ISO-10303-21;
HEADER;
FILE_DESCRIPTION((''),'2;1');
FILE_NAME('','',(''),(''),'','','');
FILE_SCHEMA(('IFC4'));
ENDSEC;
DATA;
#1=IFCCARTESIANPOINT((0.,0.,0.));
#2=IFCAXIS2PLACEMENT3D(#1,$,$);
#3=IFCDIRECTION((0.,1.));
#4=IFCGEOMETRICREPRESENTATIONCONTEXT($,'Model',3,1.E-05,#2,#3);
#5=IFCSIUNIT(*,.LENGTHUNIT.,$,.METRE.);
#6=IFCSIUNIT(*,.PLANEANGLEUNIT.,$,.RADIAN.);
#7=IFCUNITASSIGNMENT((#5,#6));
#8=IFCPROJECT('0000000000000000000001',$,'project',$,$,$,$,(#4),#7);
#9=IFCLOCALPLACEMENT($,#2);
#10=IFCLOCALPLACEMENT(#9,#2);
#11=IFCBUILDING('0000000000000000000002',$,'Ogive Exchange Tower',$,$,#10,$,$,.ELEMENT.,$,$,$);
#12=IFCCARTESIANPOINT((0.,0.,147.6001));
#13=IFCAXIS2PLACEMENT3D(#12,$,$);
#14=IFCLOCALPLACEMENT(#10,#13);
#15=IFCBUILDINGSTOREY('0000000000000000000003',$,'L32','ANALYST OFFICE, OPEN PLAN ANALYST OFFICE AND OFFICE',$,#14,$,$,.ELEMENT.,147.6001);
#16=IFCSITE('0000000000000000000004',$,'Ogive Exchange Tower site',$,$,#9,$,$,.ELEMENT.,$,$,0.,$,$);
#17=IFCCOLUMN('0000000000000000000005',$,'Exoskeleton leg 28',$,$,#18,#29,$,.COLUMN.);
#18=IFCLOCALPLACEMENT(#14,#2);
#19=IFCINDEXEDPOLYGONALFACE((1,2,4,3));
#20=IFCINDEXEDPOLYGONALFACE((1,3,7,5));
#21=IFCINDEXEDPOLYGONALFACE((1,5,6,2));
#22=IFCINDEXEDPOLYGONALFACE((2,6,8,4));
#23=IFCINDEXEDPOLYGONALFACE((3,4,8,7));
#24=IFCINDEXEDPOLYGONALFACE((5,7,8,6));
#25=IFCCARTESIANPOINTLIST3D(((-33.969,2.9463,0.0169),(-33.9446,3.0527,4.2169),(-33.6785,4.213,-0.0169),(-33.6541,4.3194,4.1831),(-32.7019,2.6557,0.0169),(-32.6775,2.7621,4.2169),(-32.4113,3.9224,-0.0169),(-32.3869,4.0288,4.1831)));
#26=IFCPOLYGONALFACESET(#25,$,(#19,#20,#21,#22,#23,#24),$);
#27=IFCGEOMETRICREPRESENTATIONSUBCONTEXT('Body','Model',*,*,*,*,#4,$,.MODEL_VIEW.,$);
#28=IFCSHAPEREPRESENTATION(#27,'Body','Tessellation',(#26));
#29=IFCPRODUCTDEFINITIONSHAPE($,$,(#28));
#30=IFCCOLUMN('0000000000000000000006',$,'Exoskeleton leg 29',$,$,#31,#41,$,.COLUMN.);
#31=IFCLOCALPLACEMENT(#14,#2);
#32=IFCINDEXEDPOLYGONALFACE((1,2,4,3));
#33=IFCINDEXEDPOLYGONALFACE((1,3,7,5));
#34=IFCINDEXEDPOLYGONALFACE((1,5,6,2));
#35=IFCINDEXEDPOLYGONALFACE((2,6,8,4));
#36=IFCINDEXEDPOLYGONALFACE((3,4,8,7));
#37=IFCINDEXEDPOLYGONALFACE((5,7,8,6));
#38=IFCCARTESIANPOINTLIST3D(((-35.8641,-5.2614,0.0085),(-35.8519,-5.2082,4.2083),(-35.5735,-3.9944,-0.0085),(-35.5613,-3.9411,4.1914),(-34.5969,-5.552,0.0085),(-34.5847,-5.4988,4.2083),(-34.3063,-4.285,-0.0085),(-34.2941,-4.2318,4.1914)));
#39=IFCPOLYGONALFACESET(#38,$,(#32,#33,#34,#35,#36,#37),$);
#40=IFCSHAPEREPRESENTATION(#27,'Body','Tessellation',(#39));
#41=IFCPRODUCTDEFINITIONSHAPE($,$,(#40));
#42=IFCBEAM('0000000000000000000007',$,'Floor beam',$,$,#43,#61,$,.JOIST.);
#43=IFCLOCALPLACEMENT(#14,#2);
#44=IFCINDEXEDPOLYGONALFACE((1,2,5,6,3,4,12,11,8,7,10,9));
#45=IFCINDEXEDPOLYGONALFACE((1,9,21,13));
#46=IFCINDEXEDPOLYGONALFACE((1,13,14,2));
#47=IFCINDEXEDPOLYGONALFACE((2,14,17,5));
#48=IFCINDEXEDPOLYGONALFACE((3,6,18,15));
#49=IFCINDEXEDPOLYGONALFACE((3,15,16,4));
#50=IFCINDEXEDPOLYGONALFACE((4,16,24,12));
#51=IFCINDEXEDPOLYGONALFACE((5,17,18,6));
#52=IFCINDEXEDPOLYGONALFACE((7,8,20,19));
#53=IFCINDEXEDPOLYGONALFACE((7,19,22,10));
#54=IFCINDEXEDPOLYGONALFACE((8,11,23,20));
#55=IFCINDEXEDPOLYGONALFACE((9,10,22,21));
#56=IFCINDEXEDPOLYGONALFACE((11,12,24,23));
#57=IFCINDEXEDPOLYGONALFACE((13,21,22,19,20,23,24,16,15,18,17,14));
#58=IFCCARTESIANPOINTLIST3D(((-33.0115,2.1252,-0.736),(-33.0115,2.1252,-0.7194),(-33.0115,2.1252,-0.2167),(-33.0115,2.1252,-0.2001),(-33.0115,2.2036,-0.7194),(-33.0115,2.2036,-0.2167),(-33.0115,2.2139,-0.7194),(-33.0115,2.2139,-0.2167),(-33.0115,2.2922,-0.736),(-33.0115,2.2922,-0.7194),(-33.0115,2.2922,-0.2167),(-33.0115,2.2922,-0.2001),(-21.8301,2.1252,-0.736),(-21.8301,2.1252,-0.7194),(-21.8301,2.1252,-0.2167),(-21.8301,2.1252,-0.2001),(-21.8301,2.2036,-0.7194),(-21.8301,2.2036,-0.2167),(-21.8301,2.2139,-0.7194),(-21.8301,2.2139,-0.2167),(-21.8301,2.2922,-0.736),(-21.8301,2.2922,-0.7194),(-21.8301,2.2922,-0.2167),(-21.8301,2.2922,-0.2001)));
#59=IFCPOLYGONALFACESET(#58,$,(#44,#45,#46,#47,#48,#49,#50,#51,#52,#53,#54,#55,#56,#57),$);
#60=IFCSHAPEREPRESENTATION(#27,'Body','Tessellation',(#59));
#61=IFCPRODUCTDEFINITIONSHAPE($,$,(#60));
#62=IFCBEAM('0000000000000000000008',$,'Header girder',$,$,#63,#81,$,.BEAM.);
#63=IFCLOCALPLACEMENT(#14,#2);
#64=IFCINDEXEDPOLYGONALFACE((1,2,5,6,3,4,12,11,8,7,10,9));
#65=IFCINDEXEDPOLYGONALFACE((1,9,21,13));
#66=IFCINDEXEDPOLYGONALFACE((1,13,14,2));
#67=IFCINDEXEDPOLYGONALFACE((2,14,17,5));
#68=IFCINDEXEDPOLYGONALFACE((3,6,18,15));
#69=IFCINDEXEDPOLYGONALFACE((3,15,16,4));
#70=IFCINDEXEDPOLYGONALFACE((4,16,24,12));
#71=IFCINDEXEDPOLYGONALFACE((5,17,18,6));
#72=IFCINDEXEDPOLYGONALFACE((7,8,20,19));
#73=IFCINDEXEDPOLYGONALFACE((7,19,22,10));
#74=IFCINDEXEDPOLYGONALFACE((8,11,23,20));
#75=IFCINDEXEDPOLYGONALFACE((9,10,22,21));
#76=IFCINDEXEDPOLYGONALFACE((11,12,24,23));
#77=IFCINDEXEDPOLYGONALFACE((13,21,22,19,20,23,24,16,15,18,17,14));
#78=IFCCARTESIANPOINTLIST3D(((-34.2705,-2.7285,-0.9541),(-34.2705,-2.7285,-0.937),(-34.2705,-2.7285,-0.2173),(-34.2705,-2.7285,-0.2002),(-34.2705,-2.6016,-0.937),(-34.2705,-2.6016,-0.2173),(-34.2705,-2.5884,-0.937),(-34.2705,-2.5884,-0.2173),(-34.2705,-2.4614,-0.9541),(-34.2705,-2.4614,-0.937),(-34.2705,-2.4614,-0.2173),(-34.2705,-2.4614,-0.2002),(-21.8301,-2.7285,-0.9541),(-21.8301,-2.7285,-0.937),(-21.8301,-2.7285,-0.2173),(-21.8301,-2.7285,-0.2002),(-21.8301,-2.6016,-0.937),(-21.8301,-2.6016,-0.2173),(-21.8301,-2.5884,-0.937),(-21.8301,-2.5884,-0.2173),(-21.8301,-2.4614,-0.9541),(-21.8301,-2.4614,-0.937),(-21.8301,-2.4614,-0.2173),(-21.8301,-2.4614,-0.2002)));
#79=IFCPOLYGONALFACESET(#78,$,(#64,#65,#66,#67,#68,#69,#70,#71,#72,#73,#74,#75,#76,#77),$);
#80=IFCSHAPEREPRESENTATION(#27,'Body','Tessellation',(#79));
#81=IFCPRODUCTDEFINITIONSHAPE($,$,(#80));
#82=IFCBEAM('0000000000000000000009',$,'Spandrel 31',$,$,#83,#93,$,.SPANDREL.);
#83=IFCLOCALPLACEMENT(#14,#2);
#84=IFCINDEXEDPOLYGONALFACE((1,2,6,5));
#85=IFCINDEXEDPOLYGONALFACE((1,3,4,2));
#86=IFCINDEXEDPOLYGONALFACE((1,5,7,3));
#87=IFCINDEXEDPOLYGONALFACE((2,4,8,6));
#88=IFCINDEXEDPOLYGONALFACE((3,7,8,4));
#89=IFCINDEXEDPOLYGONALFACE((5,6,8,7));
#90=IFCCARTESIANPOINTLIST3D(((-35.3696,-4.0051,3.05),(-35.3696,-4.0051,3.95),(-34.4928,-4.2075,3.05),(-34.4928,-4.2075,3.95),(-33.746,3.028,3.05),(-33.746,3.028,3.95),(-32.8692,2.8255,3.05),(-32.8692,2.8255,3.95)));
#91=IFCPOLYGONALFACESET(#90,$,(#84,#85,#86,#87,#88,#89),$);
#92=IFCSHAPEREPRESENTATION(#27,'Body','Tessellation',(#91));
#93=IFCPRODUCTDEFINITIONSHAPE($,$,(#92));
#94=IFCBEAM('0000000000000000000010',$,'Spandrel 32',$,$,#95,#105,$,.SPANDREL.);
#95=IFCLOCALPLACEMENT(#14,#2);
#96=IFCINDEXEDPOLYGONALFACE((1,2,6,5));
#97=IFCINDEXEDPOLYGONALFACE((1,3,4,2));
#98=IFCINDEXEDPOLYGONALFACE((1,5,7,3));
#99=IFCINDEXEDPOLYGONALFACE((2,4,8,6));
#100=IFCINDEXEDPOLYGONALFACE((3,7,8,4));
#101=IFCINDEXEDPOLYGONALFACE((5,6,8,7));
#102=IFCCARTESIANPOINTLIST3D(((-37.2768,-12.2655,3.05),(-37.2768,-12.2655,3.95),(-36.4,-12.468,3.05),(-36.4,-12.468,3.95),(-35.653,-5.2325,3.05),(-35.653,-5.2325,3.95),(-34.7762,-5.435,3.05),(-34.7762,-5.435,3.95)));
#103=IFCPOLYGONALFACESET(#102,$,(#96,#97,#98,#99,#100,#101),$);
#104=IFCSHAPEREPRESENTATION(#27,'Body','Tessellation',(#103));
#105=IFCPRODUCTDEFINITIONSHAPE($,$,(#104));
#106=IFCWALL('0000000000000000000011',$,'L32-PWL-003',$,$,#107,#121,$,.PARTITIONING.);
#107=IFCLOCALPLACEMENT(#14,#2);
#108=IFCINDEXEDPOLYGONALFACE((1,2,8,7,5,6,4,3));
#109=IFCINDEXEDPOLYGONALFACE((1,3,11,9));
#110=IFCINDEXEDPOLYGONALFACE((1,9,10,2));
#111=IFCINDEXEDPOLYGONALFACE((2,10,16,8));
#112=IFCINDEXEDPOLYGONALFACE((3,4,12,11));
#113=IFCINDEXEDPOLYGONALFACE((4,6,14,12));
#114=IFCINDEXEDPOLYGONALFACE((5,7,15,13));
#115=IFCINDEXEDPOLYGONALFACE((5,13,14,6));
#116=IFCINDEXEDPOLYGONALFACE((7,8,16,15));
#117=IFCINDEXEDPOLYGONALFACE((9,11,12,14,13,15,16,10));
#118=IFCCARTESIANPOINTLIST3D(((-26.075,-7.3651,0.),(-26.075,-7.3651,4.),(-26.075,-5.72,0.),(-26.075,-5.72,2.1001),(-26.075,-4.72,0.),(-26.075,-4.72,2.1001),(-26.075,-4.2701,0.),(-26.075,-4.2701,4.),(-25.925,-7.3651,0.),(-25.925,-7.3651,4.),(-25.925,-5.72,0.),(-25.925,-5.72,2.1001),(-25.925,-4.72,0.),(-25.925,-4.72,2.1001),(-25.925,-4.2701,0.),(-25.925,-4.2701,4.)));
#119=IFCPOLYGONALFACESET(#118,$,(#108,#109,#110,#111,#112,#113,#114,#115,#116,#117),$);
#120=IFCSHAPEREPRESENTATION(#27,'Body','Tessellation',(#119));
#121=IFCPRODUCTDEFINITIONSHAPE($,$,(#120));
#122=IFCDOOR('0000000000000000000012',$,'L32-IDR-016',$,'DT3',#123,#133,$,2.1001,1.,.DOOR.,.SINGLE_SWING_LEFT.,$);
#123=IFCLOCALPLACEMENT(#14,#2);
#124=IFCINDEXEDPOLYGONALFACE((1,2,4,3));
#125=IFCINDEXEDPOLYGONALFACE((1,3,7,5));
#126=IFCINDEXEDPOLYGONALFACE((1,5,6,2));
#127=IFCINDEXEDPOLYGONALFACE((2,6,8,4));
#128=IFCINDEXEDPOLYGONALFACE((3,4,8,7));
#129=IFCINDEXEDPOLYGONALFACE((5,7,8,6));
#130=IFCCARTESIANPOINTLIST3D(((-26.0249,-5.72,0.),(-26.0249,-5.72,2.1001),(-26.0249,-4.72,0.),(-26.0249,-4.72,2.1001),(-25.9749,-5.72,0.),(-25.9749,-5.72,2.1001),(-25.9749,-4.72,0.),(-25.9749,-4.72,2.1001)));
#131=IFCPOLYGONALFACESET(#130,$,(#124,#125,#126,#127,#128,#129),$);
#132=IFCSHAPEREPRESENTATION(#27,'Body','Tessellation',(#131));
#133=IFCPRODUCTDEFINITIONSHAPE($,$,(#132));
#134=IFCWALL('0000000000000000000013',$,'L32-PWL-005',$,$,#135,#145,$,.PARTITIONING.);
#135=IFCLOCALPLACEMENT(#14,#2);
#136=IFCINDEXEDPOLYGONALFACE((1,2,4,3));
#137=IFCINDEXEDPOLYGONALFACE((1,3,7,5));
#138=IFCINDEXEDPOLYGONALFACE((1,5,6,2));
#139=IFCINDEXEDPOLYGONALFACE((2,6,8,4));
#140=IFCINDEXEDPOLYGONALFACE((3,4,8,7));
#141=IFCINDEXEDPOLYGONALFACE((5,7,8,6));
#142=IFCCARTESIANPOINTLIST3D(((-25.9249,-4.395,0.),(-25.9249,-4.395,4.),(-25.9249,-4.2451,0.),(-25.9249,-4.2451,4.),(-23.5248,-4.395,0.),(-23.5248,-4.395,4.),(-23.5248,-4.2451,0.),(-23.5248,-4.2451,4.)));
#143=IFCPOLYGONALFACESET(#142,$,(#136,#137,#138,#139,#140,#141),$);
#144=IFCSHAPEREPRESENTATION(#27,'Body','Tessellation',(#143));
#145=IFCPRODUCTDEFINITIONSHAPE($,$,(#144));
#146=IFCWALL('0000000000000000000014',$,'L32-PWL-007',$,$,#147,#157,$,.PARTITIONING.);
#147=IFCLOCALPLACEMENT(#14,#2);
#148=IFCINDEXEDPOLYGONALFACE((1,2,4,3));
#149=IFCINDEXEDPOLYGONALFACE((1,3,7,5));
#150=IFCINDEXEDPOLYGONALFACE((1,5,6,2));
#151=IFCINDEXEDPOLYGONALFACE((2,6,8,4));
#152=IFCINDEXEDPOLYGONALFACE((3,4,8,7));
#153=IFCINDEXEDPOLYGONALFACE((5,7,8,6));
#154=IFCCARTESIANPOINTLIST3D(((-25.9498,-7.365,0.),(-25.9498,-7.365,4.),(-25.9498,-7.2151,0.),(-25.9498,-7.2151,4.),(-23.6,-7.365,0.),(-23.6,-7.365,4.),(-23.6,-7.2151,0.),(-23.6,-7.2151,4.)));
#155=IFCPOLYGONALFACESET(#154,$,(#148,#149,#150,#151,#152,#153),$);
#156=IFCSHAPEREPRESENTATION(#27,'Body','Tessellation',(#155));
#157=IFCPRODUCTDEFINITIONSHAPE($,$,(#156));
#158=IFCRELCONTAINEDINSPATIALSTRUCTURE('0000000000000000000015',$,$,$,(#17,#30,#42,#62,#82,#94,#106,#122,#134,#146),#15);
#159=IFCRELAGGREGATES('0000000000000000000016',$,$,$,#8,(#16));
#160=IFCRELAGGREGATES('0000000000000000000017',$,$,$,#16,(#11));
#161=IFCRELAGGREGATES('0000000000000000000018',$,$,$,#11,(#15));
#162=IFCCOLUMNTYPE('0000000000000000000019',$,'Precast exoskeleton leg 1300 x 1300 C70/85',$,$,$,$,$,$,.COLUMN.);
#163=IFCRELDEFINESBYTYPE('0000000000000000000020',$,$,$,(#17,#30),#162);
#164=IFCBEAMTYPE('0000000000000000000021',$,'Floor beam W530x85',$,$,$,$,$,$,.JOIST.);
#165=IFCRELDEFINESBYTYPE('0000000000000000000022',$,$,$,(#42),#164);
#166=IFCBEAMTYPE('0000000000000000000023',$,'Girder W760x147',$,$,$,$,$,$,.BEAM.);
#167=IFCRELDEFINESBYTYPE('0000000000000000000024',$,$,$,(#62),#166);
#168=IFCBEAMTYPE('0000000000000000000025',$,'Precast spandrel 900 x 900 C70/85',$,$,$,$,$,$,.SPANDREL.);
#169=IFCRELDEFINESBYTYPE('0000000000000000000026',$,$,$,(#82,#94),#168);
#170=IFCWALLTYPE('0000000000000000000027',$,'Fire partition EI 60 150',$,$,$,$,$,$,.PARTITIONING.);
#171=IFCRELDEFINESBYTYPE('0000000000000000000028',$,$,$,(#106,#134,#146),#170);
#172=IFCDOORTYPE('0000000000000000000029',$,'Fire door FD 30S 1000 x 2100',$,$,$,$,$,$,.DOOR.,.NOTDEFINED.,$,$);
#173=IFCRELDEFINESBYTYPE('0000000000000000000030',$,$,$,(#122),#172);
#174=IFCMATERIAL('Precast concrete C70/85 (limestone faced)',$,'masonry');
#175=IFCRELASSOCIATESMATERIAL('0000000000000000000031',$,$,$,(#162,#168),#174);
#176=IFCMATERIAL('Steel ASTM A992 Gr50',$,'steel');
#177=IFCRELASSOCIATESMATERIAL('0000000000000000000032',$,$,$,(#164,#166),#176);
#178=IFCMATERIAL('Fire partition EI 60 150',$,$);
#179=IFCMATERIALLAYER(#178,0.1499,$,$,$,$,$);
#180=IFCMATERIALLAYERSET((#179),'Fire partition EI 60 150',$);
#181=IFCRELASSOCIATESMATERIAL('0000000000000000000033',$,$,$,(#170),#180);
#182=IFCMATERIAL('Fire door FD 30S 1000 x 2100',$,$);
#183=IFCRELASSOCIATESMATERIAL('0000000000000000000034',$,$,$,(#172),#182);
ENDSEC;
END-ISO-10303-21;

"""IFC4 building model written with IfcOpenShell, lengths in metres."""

from ifc_helpers import new_model, si_unit, direction, frame, frame_2d, origin, origin_2d, place, context, subcontext, project, spatial, rectangle, i_section, extrude, material, layer, layer_set, material_profile, profile_set, type_object, element, fill, save


model = new_model("IFC4")

# Units and contexts
model_context = context("Model", 3, precision=1e-05, world=origin(), true_north=direction((0.0, 1.0)))
body_context = subcontext(model_context, "Body", "Model", "MODEL_VIEW")
ifc_project = project(units=[si_unit("LENGTHUNIT", "METRE"), si_unit("PLANEANGLEUNIT", "RADIAN")], contexts=[model_context])

# Site, building, storey
site_placement = place(None, origin())
site = spatial("IfcSite", under=ifc_project, at=site_placement, Name="Ogive Exchange Tower site", CompositionType="ELEMENT", RefElevation=0.0)
building_placement = place(site_placement, origin())
building = spatial("IfcBuilding", under=site, at=building_placement, Name="Ogive Exchange Tower", CompositionType="ELEMENT")
storey_placement = place(building_placement, frame((0.0, 0.0, 147.6001)))
storey = spatial("IfcBuildingStorey", under=building, at=storey_placement, Name="L32", Description="ANALYST OFFICE, OPEN PLAN ANALYST OFFICE AND OFFICE", CompositionType="ELEMENT", Elevation=147.6001)

# Columns
ifc_material_1 = material(Name="Precast concrete C70/85 (limestone faced)", Category="masonry")
ifc_material_profile_1 = material_profile(ifc_material_1, rectangle(XDim=1.3, YDim=1.3, at=origin_2d()), Name="1300 x 1300")
ifc_profile_set_1 = profile_set([ifc_material_profile_1], Name="Precast concrete C70/85 (limestone faced)")
column_type = type_object("IfcColumnType", Name="Precast exoskeleton leg 1300 x 1300 C70/85", PredefinedType="COLUMN", material=ifc_profile_set_1)
column_1_placement = place(storey_placement, frame((-33.1902, 3.4343, 0.0), z_axis=(0.005811, 0.025336, 0.999662), x_axis=(-0.974692, 0.223553, 0.0)))
element("IfcColumn", 1, at=column_1_placement, inside=storey, type_object=column_type, Name="Exoskeleton leg 28", PredefinedType="COLUMN", context=body_context, shape_type="SweptSolid", body=[
    extrude(rectangle(XDim=1.3, YDim=1.3, at=origin_2d()), origin(), (0.0, 0.0, 1.0), 4.2014),
])
column_2_placement = place(storey_placement, frame((-35.0852, -4.7732, 0.0), z_axis=(0.002906, 0.012671, 0.999915), x_axis=(-0.974692, 0.223553, 0.0)))
element("IfcColumn", 2, at=column_2_placement, inside=storey, type_object=column_type, Name="Exoskeleton leg 29", PredefinedType="COLUMN", context=body_context, shape_type="SweptSolid", body=[
    extrude(rectangle(XDim=1.3, YDim=1.3, at=origin_2d()), origin(), (0.0, 0.0, 1.0), 4.2002),
])

# Beams
ifc_material_2 = material(Name="Steel ASTM A992 Gr50", Category="steel")
ifc_material_profile_2 = material_profile(ifc_material_2, i_section(OverallWidth=0.167, OverallDepth=0.5359, WebThickness=0.0103, FlangeThickness=0.0166, at=origin_2d()), Name="W530x85")
ifc_profile_set_2 = profile_set([ifc_material_profile_2], Name="Steel ASTM A992 Gr50")
beam_type_1 = type_object("IfcBeamType", Name="Floor beam W530x85", PredefinedType="JOIST", material=ifc_profile_set_2)
beam_1_placement = place(storey_placement, frame((-33.0115, 2.2087, -0.468), z_axis=(1.0, 0.0, 0.0), x_axis=(0.0, 1.0, 0.0)))
element("IfcBeam", 3, at=beam_1_placement, inside=storey, type_object=beam_type_1, Name="Floor beam", PredefinedType="JOIST", context=body_context, shape_type="SweptSolid", body=[
    extrude(i_section(OverallWidth=0.167, OverallDepth=0.5359, WebThickness=0.0103, FlangeThickness=0.0166, at=origin_2d()), origin(), (0.0, 0.0, 1.0), 11.1814),
])
ifc_material_profile_3 = material_profile(ifc_material_2, i_section(OverallWidth=0.2671, OverallDepth=0.7539, WebThickness=0.0132, FlangeThickness=0.0171, at=origin_2d()), Name="W760x147")
ifc_profile_set_3 = profile_set([ifc_material_profile_3], Name="Steel ASTM A992 Gr50")
beam_type_2 = type_object("IfcBeamType", Name="Girder W760x147", PredefinedType="BEAM", material=ifc_profile_set_3)
beam_2_placement = place(storey_placement, frame((-34.2705, -2.595, -0.5771), z_axis=(1.0, 0.0, 0.0), x_axis=(0.0, 1.0, 0.0)))
element("IfcBeam", 4, at=beam_2_placement, inside=storey, type_object=beam_type_2, Name="Header girder", PredefinedType="BEAM", context=body_context, shape_type="SweptSolid", body=[
    extrude(i_section(OverallWidth=0.2671, OverallDepth=0.7539, WebThickness=0.0132, FlangeThickness=0.0171, at=origin_2d()), origin(), (0.0, 0.0, 1.0), 12.4404),
])
ifc_material_profile_4 = material_profile(ifc_material_1, rectangle(XDim=0.8999, YDim=0.8999, at=origin_2d()), Name="900 x 900")
ifc_profile_set_4 = profile_set([ifc_material_profile_4], Name="Precast concrete C70/85 (limestone faced)")
beam_type_3 = type_object("IfcBeamType", Name="Precast spandrel 900 x 900 C70/85", PredefinedType="SPANDREL", material=ifc_profile_set_4)
for number, where, z_axis, x_axis, name in (
    (5, (-33.3076, 2.9268, 3.5), (-0.224931, -0.974375, 0.0), (0.974375, -0.224931, 0.0), "Spandrel 31"),
    (6, (-35.2146, -5.3337, 3.5), (-0.224963, -0.974367, 0.0), (0.974367, -0.224963, 0.0), "Spandrel 32"),
):
    element("IfcBeam", number, at=place(storey_placement, frame(where, z_axis=z_axis, x_axis=x_axis)), inside=storey, type_object=beam_type_3, Name=name, PredefinedType="SPANDREL", context=body_context, shape_type="SweptSolid", body=[
        extrude(rectangle(XDim=0.8999, YDim=0.8999, at=origin_2d()), origin(), (0.0, 0.0, 1.0), 7.218),
    ])

# Wall, opening, door
ifc_material_3 = material(Name="Fire partition EI 60 150")
ifc_layer_1 = layer(ifc_material_3, 0.1499)
ifc_layer_set_1 = layer_set([ifc_layer_1], Name="Fire partition EI 60 150")
wall_type_1 = type_object("IfcWallType", Name="Fire partition EI 60 150", PredefinedType="PARTITIONING", material=ifc_layer_set_1)
wall_1_placement = place(storey_placement, frame((-26.0, -7.365, 0.0), z_axis=(0.0, 0.0, 1.0), x_axis=(0.0, 1.0, 0.0)))
wall_1 = element("IfcWall", 7, at=wall_1_placement, inside=storey, type_object=wall_type_1, Name="L32-PWL-003", PredefinedType="PARTITIONING", context=body_context, shape_type="SweptSolid", body=[
    extrude(rectangle(XDim=3.095, YDim=0.1499, at=frame_2d((1.5474, 0.0))), origin(), (0.0, 0.0, 1.0), 4.0),
])
opening_1_placement = place(wall_1_placement, frame((1.645, 0.0, 0.0)))
opening_1 = element("IfcOpeningElement", 8, at=opening_1_placement, cuts=wall_1, PredefinedType="OPENING", context=body_context, shape_type="SweptSolid", body=[
    extrude(rectangle(XDim=1.0, YDim=2.1001, at=frame_2d((0.5, 1.05))), frame((0.0, 0.085, 0.0), z_axis=(0.0, -1.0, 0.0), x_axis=(1.0, 0.0, 0.0)), (0.0, 0.0, 1.0), 0.1699),
])
ifc_material_4 = material(Name="Fire door FD 30S 1000 x 2100")
door_type_1 = type_object("IfcDoorType", Name="Fire door FD 30S 1000 x 2100", OperationType="NOTDEFINED", PredefinedType="DOOR", material=ifc_material_4)
door_1_placement = place(opening_1_placement, origin())
door_1 = element("IfcDoor", 9, at=door_1_placement, inside=storey, type_object=door_type_1, Name="L32-IDR-016", ObjectType="DT3", OperationType="SINGLE_SWING_LEFT", OverallHeight=2.1001, OverallWidth=1.0, PredefinedType="DOOR", context=body_context, shape_type="SweptSolid", body=[
    extrude(rectangle(XDim=1.0, YDim=2.1001, at=frame_2d((0.5, 1.05))), frame((0.0, 0.0249, 0.0), z_axis=(0.0, -1.0, 0.0), x_axis=(1.0, 0.0, 0.0)), (0.0, 0.0, 1.0), 0.05),
])
fill(opening_1, door_1)

# Walls
wall_2_placement = place(storey_placement, frame((-25.925, -4.3201, 0.0), z_axis=(0.0, 0.0, 1.0), x_axis=(1.0, 0.0, 0.0)))
element("IfcWall", 10, at=wall_2_placement, inside=storey, type_object=wall_type_1, Name="L32-PWL-005", PredefinedType="PARTITIONING", context=body_context, shape_type="SweptSolid", body=[
    extrude(rectangle(XDim=2.4001, YDim=0.1499, at=frame_2d((1.2002, 0.0))), origin(), (0.0, 0.0, 1.0), 4.0),
])
wall_3_placement = place(storey_placement, frame((-23.6001, -7.29, 0.0), z_axis=(0.0, 0.0, 1.0), x_axis=(-1.0, 0.0, 0.0)))
element("IfcWall", 11, at=wall_3_placement, inside=storey, type_object=wall_type_1, Name="L32-PWL-007", PredefinedType="PARTITIONING", context=body_context, shape_type="SweptSolid", body=[
    extrude(rectangle(XDim=2.3499, YDim=0.1499, at=frame_2d((1.1748, 0.0))), origin(), (0.0, 0.0, 1.0), 4.0),
])

save(model, "model.ifc")
